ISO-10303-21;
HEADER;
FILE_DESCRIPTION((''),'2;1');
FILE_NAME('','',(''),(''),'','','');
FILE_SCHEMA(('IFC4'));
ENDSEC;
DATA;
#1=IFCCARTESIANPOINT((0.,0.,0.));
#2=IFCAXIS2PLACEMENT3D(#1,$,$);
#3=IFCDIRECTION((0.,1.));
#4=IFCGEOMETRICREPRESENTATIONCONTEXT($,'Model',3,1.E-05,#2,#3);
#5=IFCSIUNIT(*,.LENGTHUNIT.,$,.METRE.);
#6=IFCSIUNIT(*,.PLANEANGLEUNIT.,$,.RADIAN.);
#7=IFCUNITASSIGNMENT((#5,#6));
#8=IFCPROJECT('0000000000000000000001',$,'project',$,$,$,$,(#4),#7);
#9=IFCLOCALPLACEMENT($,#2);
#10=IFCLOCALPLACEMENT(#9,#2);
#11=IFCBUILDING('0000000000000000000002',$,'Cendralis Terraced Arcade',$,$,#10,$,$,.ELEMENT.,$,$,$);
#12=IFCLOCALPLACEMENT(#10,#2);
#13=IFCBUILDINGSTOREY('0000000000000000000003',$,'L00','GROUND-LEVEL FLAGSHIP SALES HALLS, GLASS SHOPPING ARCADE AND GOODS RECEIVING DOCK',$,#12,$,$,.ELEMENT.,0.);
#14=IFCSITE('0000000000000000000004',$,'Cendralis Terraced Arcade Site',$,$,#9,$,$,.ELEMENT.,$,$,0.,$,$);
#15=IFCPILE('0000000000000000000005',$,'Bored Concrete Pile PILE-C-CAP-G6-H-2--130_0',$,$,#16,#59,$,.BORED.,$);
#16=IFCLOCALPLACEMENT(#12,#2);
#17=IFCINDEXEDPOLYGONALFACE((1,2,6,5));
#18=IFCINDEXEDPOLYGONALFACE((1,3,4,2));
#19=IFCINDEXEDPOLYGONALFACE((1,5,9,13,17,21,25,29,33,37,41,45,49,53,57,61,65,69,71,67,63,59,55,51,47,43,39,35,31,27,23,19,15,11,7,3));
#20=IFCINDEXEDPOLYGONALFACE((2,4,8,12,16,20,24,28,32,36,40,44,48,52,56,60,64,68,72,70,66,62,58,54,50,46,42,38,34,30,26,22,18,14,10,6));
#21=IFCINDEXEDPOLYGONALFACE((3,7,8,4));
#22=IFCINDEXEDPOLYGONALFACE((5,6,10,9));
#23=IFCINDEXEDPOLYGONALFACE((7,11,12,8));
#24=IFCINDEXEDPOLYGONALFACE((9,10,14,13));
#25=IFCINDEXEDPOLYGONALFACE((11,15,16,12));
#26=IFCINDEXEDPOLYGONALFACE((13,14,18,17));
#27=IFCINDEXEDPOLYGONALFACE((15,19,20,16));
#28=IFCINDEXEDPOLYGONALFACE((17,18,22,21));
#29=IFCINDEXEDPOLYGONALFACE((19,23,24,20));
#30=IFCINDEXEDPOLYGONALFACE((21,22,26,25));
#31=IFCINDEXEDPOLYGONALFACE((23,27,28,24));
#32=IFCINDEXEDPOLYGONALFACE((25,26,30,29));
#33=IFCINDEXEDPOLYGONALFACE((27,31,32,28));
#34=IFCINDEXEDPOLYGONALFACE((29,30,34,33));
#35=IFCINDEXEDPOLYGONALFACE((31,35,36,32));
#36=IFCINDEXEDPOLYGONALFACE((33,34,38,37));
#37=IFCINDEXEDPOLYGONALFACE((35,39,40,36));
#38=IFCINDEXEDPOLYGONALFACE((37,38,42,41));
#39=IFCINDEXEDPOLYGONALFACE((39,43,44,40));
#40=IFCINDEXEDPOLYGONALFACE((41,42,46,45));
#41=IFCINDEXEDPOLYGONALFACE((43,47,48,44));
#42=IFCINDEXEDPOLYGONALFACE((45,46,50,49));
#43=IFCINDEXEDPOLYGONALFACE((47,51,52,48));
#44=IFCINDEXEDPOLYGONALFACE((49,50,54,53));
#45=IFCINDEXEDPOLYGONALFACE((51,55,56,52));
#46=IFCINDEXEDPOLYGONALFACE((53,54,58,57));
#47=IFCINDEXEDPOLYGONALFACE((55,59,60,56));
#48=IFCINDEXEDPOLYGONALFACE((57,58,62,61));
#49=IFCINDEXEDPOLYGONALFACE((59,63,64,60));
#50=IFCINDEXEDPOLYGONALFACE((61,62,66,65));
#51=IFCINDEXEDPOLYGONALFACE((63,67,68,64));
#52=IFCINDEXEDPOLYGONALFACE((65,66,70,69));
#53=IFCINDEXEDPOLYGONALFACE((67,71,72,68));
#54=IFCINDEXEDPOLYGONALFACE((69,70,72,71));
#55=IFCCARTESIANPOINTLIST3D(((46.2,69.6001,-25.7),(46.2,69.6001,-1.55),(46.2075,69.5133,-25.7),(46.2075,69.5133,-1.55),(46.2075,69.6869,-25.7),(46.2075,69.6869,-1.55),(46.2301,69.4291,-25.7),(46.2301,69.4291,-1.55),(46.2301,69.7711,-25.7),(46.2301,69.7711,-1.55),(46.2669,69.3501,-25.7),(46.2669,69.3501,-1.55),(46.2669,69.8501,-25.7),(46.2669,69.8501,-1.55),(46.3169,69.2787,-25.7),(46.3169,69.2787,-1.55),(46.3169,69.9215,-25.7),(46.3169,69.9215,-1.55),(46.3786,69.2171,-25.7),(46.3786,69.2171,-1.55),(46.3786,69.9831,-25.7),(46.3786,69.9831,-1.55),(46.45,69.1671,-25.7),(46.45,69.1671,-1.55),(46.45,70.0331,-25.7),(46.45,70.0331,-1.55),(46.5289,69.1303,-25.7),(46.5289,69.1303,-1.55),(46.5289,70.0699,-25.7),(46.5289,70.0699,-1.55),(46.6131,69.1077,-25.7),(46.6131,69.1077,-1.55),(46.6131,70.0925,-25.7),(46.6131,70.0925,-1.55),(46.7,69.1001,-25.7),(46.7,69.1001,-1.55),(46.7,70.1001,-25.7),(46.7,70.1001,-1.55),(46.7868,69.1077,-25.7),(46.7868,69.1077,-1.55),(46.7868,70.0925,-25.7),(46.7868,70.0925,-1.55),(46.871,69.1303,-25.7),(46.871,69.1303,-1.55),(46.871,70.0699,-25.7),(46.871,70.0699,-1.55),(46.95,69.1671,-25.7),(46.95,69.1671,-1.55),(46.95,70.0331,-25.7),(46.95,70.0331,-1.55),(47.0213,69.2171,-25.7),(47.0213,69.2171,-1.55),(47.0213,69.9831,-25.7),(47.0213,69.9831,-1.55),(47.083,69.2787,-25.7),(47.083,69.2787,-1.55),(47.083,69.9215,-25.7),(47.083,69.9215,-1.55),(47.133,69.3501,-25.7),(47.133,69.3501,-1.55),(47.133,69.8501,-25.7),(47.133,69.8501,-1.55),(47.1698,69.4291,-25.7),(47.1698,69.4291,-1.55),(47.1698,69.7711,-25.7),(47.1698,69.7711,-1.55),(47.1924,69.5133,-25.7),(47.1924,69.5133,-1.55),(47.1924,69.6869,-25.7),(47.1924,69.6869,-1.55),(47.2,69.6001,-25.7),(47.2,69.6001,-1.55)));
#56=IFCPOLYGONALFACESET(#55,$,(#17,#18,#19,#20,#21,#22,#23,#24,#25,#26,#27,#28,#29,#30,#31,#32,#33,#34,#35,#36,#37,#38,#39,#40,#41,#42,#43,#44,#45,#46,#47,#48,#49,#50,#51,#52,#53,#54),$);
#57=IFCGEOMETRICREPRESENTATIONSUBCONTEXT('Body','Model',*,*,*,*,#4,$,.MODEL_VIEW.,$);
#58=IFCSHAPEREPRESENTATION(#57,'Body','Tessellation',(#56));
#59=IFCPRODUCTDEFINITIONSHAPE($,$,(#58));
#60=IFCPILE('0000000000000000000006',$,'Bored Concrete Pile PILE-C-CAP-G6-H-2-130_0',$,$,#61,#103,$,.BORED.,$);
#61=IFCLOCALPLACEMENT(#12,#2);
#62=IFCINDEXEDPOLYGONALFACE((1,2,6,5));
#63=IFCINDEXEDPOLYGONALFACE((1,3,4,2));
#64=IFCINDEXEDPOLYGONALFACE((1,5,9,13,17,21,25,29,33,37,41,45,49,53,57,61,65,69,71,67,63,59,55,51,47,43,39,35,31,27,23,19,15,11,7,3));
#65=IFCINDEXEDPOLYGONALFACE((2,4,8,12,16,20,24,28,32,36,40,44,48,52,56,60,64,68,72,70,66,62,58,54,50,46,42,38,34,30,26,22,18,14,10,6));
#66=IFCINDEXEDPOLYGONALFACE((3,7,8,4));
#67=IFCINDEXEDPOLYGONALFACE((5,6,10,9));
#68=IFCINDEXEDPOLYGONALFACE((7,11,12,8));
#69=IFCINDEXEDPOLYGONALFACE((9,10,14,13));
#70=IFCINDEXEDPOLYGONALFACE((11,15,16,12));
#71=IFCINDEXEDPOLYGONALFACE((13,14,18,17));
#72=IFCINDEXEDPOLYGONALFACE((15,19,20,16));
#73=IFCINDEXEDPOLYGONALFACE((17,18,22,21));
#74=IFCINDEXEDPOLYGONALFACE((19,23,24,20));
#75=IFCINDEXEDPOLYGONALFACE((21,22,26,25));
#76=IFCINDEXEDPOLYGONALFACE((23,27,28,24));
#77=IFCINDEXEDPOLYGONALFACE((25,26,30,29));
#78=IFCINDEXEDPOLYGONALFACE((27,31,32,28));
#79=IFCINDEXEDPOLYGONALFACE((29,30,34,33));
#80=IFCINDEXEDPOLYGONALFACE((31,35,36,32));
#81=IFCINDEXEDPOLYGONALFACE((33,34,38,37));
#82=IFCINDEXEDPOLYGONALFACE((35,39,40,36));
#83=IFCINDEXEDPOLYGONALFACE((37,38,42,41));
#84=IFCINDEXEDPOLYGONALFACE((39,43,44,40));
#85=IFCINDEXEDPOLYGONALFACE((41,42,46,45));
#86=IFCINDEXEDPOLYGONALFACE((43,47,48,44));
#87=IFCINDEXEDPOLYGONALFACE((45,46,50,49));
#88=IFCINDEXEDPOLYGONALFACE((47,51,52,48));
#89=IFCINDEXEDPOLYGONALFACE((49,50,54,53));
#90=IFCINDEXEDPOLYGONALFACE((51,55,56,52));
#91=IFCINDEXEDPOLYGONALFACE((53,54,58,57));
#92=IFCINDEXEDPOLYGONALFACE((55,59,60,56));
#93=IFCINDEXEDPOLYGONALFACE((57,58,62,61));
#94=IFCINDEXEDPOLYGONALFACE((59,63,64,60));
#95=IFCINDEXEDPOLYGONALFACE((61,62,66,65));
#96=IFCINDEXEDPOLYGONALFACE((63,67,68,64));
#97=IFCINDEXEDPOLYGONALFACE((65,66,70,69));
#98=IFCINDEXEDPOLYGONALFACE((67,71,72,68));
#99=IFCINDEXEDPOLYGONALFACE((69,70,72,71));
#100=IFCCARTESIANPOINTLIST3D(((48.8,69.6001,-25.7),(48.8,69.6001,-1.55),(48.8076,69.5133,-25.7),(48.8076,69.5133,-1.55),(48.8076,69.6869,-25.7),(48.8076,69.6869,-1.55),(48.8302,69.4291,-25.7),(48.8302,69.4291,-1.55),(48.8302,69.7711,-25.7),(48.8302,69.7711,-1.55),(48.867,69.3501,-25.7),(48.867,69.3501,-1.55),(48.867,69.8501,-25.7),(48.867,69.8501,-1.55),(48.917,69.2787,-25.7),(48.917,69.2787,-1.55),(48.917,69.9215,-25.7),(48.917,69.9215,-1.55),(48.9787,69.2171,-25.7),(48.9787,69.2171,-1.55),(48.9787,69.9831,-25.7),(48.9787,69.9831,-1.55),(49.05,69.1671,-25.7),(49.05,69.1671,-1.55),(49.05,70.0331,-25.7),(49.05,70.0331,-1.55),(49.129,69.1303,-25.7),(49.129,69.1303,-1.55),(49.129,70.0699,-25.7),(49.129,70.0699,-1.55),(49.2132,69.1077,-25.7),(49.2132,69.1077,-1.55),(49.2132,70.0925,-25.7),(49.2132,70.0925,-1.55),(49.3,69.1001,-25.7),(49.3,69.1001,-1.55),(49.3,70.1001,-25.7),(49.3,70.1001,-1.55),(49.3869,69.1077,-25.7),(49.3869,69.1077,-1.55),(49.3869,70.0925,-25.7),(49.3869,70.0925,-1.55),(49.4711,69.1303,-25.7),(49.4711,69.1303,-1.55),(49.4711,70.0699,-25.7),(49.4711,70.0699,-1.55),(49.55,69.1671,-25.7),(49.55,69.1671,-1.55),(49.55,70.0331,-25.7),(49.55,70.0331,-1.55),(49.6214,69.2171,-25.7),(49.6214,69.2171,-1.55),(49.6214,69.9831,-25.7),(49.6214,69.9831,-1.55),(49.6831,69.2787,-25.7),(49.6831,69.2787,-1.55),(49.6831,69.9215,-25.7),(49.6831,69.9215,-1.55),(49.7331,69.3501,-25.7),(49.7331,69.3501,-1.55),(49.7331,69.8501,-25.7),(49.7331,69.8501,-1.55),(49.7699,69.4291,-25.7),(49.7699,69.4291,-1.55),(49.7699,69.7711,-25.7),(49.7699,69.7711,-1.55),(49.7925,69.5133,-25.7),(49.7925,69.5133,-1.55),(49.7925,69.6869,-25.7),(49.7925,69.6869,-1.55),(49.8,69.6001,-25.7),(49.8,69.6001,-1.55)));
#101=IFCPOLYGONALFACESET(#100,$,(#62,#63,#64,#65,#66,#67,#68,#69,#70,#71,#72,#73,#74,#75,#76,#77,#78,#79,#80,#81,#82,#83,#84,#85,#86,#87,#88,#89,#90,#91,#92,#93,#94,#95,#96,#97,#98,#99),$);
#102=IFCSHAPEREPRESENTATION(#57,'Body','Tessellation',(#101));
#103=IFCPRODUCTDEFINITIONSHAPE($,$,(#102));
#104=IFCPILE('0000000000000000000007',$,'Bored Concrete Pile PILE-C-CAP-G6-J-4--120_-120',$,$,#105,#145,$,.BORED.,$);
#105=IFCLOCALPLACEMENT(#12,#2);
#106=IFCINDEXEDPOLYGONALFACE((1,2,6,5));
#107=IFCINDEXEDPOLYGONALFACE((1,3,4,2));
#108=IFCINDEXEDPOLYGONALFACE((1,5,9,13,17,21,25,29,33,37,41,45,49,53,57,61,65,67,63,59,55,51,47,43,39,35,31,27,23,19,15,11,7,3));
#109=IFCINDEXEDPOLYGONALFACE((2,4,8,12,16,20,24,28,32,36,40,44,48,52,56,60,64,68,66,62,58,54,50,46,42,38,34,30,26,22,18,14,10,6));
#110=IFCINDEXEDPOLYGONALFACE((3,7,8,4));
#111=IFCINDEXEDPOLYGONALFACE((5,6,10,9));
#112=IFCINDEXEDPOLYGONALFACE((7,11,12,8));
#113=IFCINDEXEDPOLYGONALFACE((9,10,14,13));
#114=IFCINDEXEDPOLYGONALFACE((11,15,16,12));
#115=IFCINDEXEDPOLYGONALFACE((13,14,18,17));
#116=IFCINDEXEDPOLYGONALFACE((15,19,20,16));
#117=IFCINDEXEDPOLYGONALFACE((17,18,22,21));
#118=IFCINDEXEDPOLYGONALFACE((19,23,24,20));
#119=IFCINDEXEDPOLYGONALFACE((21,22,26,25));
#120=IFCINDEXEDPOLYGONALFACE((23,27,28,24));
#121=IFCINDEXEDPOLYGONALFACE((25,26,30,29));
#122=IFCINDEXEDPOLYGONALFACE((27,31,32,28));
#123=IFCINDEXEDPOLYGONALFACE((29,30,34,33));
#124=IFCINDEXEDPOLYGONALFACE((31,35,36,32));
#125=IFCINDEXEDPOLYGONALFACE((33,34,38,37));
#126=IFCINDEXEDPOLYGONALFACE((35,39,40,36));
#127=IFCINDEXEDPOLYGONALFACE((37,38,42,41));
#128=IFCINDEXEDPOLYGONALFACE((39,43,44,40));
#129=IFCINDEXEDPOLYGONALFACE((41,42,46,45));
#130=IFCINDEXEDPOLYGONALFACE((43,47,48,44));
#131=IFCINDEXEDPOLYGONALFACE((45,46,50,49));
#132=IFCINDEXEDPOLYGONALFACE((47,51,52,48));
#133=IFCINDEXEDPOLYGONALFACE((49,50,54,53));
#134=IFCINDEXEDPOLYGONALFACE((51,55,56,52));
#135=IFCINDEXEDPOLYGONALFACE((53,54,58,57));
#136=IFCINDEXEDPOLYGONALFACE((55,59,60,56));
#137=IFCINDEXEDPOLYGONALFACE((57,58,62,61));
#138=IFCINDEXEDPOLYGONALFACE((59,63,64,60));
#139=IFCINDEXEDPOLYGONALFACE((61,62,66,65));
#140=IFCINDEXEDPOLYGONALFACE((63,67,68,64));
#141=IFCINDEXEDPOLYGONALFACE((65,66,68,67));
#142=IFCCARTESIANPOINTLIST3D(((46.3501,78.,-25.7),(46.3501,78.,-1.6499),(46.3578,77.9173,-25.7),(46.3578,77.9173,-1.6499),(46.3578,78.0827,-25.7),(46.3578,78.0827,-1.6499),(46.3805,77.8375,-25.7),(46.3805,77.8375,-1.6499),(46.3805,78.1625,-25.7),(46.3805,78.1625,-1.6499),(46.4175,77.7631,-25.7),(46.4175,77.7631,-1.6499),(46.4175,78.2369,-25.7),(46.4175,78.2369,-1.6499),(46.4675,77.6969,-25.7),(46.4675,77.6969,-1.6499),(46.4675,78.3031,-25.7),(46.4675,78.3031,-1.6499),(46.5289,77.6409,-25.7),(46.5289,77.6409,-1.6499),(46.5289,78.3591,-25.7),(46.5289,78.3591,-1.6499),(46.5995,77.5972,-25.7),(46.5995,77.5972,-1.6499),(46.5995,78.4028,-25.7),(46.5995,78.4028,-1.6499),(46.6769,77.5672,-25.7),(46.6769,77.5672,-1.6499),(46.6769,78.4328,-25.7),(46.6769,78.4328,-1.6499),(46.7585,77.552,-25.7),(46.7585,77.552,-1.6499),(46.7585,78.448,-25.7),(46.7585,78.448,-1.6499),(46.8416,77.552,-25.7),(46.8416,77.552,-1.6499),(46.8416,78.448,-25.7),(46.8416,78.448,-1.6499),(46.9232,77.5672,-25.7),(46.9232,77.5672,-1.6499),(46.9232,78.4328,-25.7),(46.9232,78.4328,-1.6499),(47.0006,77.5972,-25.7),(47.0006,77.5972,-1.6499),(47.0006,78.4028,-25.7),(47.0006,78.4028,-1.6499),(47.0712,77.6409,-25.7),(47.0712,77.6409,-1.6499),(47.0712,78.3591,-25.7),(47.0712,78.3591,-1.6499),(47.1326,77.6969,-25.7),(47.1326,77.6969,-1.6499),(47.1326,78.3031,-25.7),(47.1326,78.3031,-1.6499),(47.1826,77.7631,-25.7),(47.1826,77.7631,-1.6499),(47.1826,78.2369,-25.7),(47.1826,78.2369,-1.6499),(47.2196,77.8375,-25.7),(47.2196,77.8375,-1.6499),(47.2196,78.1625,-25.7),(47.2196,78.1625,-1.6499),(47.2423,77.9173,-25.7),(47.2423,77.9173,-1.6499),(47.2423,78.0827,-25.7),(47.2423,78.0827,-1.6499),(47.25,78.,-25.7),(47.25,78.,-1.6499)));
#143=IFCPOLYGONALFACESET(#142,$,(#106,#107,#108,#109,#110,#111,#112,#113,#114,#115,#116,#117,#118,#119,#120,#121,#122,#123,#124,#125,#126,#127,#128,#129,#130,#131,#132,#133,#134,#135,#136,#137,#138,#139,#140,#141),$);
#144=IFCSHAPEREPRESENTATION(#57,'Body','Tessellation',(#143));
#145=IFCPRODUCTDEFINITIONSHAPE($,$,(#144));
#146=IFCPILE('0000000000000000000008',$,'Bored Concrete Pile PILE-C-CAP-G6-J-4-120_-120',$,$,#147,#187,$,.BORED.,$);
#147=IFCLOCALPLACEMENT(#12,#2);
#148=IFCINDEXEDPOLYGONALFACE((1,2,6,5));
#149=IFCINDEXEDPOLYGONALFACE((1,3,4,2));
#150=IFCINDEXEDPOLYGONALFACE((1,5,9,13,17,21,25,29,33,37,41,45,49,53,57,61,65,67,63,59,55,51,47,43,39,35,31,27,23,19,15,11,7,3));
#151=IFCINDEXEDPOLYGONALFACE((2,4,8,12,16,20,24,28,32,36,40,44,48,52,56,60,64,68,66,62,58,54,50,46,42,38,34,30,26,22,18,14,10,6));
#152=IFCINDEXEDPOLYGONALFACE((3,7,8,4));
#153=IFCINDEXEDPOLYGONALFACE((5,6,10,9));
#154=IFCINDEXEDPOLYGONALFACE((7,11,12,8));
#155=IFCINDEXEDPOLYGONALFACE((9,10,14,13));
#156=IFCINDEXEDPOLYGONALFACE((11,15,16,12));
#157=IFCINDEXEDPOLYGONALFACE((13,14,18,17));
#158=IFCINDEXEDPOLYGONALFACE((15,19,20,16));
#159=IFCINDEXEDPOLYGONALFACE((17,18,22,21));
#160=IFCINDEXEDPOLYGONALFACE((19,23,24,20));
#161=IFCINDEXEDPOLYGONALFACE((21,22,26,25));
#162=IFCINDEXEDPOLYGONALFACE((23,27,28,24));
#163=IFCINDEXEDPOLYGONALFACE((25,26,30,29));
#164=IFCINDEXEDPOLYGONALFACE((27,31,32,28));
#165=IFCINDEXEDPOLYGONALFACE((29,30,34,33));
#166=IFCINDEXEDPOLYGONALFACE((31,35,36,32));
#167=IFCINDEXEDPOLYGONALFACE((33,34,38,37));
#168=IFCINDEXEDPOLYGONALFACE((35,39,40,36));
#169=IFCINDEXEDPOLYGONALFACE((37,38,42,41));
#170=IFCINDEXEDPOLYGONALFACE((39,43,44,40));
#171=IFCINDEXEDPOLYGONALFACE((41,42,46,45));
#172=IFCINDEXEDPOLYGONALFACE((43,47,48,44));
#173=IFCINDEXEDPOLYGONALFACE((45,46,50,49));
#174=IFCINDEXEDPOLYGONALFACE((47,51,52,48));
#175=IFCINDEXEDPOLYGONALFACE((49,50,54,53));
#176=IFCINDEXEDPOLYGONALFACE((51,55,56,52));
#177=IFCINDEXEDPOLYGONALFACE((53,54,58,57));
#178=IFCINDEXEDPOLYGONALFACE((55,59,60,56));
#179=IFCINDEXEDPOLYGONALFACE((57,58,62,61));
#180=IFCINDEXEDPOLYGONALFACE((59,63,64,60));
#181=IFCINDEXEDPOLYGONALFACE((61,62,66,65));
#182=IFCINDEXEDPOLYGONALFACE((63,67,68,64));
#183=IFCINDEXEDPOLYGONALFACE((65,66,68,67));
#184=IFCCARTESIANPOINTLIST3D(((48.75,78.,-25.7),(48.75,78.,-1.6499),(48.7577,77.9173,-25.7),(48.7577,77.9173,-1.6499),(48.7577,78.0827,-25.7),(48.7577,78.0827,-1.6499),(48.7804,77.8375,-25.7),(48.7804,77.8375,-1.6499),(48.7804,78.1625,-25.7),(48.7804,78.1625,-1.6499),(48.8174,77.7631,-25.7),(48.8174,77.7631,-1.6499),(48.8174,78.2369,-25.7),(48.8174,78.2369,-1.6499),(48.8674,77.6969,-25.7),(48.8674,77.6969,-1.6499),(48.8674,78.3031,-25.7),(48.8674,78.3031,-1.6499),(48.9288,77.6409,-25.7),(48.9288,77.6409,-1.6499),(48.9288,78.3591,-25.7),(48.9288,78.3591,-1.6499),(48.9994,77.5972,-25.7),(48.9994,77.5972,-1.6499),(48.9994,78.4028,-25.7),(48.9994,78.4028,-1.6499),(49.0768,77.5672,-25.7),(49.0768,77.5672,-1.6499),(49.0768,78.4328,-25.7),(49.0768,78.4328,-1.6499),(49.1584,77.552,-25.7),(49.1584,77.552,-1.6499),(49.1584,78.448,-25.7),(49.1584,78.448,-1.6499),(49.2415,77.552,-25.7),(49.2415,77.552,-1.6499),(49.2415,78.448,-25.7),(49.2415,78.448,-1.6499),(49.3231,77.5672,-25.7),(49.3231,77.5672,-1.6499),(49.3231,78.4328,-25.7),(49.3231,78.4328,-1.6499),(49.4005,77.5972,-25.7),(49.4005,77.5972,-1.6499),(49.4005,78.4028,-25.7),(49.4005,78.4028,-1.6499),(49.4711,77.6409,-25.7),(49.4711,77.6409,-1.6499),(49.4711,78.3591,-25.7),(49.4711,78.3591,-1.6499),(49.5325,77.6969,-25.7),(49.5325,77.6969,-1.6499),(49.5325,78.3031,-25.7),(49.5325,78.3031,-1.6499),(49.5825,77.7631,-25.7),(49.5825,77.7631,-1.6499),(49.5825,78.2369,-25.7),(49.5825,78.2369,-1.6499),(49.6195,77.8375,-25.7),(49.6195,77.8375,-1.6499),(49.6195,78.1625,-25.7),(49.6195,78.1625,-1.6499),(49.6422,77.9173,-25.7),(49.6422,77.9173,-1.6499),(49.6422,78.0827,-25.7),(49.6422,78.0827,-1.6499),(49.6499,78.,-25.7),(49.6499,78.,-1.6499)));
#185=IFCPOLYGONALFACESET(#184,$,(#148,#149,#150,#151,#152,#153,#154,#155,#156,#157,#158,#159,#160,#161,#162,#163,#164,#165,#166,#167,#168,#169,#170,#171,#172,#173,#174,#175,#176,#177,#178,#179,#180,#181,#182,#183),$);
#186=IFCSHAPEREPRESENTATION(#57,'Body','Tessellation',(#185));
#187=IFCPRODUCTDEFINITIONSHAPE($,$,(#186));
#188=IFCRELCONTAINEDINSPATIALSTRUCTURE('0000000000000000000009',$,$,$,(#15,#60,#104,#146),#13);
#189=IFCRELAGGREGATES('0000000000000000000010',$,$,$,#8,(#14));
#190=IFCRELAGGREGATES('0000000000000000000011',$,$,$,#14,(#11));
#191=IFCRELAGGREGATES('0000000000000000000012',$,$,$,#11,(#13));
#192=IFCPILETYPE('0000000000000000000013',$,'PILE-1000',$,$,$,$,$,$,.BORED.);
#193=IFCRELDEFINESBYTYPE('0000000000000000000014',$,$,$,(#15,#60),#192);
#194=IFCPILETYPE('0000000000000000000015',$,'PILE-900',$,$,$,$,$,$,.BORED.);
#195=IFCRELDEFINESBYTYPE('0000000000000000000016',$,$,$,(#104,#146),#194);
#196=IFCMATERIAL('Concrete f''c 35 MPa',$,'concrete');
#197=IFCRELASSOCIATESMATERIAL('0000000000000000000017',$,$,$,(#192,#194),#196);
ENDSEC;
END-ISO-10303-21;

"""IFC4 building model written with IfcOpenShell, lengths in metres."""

from ifc_helpers import new_model, si_unit, direction, frame, origin, origin_2d, place, context, subcontext, project, spatial, circle, extrude, material, material_profile, profile_set, type_object, element, save


model = new_model("IFC4")

# Units and contexts
model_context = context("Model", 3, precision=1e-05, world=origin(), true_north=direction((0.0, 1.0)))
body_context = subcontext(model_context, "Body", "Model", "MODEL_VIEW")
ifc_project = project(units=[si_unit("LENGTHUNIT", "METRE"), si_unit("PLANEANGLEUNIT", "RADIAN")], contexts=[model_context])

# Site, building, storey
site_placement = place(None, origin())
site = spatial("IfcSite", under=ifc_project, at=site_placement, Name="Cendralis Terraced Arcade Site", CompositionType="ELEMENT", RefElevation=0.0)
building_placement = place(site_placement, origin())
building = spatial("IfcBuilding", under=site, at=building_placement, Name="Cendralis Terraced Arcade", CompositionType="ELEMENT")
storey_placement = place(building_placement, origin())
storey = spatial("IfcBuildingStorey", under=building, at=storey_placement, Name="L00", Description="GROUND-LEVEL FLAGSHIP SALES HALLS, GLASS SHOPPING ARCADE AND GOODS RECEIVING DOCK", CompositionType="ELEMENT", Elevation=0.0)

# Shared definitions
ifc_material_1 = material(Name="Concrete f'c 35 MPa", Category="concrete")

# Piles
ifc_material_profile_1 = material_profile(ifc_material_1, circle(Radius=0.5, at=origin_2d()), Name="PILE-D1000", Category="LoadBearing")
ifc_profile_set_1 = profile_set([ifc_material_profile_1], Name="Concrete f'c 35 MPa")
pile_type_1 = type_object("IfcPileType", Name="PILE-1000", PredefinedType="BORED", material=ifc_profile_set_1)
for number, where, z_axis, x_axis, name in (
    (1, (46.7, 69.6001, -1.55), (0.0, 0.0, -1.0), (1.0, 0.0, 0.0), "Bored Concrete Pile PILE-C-CAP-G6-H-2--130_0"),
    (2, (49.3, 69.6001, -1.55), (0.0, 0.0, -1.0), (1.0, 0.0, 0.0), "Bored Concrete Pile PILE-C-CAP-G6-H-2-130_0"),
):
    element("IfcPile", number, at=place(storey_placement, frame(where, z_axis=z_axis, x_axis=x_axis)), inside=storey, type_object=pile_type_1, Name=name, PredefinedType="BORED", context=body_context, shape_type="SweptSolid", body=[
        extrude(circle(Radius=0.5, at=origin_2d()), origin(), (0.0, 0.0, 1.0), 24.1499),
    ])
ifc_material_profile_2 = material_profile(ifc_material_1, circle(Radius=0.45, at=origin_2d()), Name="PILE-D900", Category="LoadBearing")
ifc_profile_set_2 = profile_set([ifc_material_profile_2], Name="Concrete f'c 35 MPa")
pile_type_2 = type_object("IfcPileType", Name="PILE-900", PredefinedType="BORED", material=ifc_profile_set_2)
for number, where, z_axis, x_axis, name in (
    (3, (46.8, 78.0, -1.6499), (0.0, 0.0, -1.0), (1.0, 0.0, 0.0), "Bored Concrete Pile PILE-C-CAP-G6-J-4--120_-120"),
    (4, (49.2, 78.0, -1.6499), (0.0, 0.0, -1.0), (1.0, 0.0, 0.0), "Bored Concrete Pile PILE-C-CAP-G6-J-4-120_-120"),
):
    element("IfcPile", number, at=place(storey_placement, frame(where, z_axis=z_axis, x_axis=x_axis)), inside=storey, type_object=pile_type_2, Name=name, PredefinedType="BORED", context=body_context, shape_type="SweptSolid", body=[
        extrude(circle(Radius=0.45, at=origin_2d()), origin(), (0.0, 0.0, 1.0), 24.05),
    ])

save(model, "model.ifc")
